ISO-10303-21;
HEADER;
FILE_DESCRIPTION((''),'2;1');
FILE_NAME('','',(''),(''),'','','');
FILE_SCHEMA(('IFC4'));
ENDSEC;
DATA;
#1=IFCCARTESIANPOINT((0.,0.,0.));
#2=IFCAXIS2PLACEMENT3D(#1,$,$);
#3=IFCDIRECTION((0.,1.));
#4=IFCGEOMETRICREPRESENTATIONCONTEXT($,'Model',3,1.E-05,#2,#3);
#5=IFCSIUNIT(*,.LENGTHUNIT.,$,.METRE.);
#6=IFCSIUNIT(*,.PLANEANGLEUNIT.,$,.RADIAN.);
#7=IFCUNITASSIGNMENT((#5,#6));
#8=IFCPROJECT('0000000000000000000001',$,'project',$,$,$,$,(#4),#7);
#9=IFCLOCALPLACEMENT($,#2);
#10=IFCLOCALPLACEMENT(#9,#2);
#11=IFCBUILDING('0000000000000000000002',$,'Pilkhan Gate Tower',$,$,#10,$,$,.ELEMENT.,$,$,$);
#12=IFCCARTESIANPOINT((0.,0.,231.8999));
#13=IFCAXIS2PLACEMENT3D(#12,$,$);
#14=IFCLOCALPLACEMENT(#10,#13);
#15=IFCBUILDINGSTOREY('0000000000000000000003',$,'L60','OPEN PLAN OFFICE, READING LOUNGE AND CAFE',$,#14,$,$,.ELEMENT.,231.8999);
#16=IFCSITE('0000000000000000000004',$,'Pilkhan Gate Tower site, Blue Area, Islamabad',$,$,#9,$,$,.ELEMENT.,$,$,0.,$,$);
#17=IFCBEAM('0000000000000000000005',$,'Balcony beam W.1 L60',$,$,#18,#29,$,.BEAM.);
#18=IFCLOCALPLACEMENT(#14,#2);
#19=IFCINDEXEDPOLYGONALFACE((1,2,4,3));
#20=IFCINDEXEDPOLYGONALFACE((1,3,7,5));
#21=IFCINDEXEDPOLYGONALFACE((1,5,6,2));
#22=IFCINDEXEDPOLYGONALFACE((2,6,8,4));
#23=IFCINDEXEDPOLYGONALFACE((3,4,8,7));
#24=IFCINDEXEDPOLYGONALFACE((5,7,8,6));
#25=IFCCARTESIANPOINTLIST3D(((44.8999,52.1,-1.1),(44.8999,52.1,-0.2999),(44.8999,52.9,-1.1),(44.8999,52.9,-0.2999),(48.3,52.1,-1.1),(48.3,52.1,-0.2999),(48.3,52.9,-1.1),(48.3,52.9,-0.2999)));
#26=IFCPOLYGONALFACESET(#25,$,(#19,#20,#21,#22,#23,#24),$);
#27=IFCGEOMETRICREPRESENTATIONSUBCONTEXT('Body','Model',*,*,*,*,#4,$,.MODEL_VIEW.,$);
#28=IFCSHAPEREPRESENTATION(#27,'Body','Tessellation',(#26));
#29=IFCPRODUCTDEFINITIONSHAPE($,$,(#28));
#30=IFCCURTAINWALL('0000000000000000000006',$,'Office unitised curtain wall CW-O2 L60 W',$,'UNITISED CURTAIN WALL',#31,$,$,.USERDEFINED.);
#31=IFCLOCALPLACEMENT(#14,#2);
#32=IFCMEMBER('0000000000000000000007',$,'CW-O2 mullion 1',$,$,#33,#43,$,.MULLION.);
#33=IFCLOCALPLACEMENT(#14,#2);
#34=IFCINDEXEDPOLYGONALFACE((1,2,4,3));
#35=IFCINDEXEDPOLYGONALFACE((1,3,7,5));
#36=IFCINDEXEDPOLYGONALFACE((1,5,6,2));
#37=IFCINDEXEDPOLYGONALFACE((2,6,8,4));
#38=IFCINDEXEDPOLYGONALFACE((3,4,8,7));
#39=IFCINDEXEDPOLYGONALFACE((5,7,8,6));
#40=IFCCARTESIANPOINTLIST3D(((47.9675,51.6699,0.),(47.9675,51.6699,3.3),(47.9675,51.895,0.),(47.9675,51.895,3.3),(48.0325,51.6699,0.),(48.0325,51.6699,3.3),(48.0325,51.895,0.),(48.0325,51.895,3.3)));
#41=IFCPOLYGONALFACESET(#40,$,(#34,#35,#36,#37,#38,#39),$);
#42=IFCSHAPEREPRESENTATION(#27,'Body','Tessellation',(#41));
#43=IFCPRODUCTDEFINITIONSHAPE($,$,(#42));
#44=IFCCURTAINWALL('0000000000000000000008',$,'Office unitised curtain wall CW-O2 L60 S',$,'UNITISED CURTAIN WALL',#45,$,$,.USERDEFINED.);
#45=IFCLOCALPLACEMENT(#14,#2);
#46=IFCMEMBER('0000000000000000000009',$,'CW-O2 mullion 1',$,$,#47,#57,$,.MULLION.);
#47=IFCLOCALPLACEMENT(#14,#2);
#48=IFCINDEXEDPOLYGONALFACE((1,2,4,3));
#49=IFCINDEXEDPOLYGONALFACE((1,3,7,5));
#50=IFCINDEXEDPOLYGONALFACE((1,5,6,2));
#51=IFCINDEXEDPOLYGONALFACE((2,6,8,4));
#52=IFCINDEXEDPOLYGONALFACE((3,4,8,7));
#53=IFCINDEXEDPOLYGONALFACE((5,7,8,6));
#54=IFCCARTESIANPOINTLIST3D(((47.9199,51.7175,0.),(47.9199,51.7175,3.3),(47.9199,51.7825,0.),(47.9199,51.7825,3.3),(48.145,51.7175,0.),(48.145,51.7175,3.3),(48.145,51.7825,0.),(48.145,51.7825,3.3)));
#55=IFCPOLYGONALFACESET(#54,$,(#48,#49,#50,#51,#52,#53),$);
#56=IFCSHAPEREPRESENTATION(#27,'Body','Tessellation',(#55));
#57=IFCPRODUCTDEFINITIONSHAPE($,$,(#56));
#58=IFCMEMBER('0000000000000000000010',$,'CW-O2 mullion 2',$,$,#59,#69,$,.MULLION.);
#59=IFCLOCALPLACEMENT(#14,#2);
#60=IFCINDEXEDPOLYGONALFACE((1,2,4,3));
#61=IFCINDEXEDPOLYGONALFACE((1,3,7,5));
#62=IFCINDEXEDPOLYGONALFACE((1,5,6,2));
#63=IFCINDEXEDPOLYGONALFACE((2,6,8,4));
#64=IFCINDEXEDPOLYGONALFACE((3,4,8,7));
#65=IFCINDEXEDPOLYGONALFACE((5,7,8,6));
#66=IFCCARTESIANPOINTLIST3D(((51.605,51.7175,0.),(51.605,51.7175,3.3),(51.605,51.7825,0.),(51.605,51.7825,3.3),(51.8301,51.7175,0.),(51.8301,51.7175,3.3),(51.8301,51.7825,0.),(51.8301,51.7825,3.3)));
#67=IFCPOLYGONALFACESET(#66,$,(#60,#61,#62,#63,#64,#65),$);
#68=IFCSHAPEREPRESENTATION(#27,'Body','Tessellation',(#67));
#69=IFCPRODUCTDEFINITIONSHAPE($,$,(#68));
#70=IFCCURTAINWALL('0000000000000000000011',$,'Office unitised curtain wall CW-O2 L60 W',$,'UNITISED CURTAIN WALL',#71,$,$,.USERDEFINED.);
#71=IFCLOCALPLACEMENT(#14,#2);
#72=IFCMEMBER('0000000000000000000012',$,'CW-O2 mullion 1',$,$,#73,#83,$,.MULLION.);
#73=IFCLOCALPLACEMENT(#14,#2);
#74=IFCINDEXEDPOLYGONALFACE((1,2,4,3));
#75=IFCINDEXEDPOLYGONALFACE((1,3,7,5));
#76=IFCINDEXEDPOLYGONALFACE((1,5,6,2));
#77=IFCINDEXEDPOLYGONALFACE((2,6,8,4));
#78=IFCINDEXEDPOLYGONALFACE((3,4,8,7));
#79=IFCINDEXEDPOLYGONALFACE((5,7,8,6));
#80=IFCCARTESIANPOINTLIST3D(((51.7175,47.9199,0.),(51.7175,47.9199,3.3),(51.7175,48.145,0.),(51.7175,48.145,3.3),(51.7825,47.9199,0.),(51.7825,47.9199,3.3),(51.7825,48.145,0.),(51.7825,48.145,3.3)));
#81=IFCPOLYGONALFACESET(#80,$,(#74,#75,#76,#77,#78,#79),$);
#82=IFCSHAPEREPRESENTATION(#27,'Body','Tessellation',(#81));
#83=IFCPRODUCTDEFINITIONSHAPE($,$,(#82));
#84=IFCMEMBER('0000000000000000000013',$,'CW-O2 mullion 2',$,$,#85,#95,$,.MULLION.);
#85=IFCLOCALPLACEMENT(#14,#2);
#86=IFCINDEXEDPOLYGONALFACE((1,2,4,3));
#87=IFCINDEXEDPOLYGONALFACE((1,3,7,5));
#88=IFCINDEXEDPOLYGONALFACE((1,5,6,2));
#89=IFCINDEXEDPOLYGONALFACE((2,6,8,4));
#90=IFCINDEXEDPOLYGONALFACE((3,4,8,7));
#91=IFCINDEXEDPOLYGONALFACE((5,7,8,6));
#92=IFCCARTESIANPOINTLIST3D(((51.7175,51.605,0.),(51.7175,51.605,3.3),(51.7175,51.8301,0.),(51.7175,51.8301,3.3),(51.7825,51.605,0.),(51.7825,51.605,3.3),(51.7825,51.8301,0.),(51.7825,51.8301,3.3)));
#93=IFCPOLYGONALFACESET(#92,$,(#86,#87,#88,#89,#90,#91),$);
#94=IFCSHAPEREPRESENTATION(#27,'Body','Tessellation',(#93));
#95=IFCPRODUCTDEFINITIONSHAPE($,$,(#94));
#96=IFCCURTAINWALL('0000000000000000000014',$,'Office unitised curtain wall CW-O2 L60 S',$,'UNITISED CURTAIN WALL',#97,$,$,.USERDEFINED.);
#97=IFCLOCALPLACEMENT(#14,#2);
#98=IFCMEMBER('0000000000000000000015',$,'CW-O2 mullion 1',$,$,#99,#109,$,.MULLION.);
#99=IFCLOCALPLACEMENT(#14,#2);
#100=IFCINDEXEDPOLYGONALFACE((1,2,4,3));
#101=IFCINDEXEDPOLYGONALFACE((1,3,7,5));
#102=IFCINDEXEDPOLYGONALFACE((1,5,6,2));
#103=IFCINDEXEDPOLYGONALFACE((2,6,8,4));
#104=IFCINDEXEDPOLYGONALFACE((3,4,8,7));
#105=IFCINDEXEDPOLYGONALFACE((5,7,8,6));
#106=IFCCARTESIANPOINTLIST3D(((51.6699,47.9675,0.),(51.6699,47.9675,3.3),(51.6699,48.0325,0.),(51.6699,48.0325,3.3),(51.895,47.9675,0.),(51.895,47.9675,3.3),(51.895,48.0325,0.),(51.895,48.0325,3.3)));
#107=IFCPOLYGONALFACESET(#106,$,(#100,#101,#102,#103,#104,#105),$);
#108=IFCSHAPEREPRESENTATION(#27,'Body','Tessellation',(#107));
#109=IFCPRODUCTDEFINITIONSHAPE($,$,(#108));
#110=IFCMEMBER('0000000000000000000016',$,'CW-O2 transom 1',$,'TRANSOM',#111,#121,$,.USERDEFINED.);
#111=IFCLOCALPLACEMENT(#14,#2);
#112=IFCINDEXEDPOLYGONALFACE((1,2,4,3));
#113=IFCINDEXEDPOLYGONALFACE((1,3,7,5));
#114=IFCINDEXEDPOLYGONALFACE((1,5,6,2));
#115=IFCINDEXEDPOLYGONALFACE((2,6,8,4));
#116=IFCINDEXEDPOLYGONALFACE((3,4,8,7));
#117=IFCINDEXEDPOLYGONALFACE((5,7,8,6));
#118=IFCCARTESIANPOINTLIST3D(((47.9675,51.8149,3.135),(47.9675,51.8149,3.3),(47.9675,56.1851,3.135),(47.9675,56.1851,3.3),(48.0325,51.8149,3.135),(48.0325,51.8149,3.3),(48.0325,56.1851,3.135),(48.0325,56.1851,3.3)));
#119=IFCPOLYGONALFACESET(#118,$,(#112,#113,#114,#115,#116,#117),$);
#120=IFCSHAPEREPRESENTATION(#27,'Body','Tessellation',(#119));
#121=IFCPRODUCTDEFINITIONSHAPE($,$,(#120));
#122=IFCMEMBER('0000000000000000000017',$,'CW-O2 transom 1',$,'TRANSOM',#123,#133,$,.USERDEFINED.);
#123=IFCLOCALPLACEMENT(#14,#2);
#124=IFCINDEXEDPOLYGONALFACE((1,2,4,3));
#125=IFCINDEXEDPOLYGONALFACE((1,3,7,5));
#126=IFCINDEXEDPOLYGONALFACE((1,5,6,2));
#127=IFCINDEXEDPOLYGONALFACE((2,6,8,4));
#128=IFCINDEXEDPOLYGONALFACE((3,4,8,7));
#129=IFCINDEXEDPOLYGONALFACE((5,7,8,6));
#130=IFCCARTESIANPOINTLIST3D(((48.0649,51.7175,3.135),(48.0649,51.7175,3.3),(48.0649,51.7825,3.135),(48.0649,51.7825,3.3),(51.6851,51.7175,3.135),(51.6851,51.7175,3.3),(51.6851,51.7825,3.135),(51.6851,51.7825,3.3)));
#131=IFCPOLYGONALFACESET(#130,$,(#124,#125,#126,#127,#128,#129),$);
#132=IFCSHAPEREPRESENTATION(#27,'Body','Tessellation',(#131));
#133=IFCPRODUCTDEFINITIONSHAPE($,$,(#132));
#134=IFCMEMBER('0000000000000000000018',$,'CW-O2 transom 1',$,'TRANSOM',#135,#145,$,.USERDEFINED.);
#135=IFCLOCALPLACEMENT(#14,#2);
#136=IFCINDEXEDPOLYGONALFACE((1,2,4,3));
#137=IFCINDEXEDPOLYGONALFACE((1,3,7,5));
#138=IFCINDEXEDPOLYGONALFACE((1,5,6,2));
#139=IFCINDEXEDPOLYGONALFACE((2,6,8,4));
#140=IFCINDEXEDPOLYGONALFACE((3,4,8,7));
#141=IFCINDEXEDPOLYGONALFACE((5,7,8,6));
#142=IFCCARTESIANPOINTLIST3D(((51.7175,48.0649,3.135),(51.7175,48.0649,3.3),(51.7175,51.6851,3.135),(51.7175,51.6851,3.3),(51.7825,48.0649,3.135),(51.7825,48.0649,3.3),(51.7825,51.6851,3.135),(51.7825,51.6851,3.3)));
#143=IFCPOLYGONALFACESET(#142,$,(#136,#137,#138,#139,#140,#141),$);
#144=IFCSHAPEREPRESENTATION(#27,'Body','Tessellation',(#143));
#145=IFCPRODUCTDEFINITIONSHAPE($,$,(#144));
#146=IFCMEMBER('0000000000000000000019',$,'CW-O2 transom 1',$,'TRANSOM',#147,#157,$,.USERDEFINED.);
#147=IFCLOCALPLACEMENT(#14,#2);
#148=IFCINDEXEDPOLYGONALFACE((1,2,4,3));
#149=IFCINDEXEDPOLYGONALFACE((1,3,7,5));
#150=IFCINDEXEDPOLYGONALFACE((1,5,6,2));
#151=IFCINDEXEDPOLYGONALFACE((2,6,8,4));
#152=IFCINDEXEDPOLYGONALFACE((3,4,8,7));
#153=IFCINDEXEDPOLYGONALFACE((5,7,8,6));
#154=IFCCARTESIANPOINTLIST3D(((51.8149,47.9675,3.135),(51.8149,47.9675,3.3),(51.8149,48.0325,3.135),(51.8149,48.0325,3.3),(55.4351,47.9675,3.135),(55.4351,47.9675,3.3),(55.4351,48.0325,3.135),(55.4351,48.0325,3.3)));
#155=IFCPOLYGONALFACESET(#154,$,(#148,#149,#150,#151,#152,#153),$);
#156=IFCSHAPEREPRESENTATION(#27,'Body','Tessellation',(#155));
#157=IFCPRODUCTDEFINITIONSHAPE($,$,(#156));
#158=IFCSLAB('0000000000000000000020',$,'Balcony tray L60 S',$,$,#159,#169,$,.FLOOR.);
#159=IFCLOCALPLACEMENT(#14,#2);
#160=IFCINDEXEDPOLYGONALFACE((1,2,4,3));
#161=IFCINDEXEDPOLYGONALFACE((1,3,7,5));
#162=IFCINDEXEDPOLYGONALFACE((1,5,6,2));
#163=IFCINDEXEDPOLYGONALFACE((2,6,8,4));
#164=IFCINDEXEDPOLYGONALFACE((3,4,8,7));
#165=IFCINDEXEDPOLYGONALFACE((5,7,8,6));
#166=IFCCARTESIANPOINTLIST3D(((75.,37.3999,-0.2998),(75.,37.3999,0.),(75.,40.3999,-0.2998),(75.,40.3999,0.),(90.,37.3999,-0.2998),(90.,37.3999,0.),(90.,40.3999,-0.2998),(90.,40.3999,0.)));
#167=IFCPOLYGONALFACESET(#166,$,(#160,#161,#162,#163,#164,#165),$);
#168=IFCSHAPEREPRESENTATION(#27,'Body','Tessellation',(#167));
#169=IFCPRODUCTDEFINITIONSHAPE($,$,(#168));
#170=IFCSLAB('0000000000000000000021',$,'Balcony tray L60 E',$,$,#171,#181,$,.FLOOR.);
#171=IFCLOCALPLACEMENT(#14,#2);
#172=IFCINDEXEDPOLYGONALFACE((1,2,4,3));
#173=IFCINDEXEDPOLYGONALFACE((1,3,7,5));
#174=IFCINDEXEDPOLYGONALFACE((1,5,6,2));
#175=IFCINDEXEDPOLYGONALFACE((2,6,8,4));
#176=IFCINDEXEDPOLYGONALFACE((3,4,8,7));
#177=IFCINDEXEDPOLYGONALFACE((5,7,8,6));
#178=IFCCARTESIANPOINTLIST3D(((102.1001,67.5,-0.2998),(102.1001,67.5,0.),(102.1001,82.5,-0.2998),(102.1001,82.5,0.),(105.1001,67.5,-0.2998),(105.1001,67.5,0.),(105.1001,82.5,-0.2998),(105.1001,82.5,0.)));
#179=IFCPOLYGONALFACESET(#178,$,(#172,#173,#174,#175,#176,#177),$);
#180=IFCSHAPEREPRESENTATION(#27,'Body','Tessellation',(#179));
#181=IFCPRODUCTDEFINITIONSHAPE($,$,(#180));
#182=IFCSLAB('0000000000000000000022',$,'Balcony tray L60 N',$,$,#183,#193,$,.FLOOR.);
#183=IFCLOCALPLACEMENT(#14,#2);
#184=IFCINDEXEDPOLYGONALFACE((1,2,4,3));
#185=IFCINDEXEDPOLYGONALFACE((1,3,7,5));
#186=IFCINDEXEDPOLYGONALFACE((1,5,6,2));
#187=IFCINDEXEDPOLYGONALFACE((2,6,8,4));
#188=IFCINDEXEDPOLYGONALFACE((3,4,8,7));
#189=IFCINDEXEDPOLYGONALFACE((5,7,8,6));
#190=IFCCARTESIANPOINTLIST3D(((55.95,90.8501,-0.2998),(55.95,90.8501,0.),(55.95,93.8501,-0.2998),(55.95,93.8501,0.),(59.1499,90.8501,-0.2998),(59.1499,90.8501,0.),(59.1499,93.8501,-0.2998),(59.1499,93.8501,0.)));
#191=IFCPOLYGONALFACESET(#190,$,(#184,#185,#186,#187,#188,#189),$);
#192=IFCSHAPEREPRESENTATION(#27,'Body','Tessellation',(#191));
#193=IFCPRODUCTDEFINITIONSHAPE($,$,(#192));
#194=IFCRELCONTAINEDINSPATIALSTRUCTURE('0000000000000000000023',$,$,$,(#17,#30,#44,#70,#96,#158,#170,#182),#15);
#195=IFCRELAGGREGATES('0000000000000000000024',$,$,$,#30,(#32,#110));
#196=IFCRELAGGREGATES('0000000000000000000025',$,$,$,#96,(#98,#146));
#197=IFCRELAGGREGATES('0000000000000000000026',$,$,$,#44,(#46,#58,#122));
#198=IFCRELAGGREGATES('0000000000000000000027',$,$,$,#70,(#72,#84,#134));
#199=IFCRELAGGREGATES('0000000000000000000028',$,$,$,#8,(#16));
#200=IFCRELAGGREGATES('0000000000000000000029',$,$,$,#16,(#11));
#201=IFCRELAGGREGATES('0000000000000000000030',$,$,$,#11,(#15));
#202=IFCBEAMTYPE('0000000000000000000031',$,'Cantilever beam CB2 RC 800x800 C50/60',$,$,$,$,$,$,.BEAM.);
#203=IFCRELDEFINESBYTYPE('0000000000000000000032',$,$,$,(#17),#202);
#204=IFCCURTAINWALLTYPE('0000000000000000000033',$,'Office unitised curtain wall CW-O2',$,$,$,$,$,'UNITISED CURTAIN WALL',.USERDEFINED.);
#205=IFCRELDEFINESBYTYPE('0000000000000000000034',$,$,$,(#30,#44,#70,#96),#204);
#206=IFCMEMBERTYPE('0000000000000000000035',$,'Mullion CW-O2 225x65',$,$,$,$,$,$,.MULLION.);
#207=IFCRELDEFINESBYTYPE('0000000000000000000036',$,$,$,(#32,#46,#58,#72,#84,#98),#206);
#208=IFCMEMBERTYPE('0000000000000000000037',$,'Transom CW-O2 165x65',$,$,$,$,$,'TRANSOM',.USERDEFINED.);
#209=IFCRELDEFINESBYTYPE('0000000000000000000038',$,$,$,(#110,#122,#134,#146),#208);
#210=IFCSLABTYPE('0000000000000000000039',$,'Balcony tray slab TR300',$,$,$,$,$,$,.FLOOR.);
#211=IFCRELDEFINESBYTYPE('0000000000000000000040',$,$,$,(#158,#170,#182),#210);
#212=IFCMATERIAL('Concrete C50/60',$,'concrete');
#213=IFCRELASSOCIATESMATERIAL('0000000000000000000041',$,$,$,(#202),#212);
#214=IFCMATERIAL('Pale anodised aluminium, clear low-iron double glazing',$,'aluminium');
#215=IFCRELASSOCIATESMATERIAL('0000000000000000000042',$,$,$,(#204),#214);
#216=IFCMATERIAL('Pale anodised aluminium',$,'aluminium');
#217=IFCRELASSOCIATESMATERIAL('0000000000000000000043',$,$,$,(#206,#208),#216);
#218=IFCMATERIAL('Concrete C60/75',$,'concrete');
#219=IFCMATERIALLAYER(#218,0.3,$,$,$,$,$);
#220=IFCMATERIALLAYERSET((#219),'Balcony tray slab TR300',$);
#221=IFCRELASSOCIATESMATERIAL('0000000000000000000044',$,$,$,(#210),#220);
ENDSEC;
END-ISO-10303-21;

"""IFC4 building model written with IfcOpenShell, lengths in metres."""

from ifc_helpers import new_model, si_unit, direction, frame, origin, origin_2d, place, context, subcontext, project, spatial, polyline, rectangle, outline, extrude, material, layer, layer_set, material_profile, profile_set, type_object, element, aggregate, save


model = new_model("IFC4")

# Units and contexts
model_context = context("Model", 3, precision=1e-05, world=origin(), true_north=direction((0.0, 1.0)))
body_context = subcontext(model_context, "Body", "Model", "MODEL_VIEW")
ifc_project = project(units=[si_unit("LENGTHUNIT", "METRE"), si_unit("PLANEANGLEUNIT", "RADIAN")], contexts=[model_context])

# Site, building, storey
site_placement = place(None, origin())
site = spatial("IfcSite", under=ifc_project, at=site_placement, Name="Pilkhan Gate Tower site, Blue Area, Islamabad", CompositionType="ELEMENT", RefElevation=0.0)
building_placement = place(site_placement, origin())
building = spatial("IfcBuilding", under=site, at=building_placement, Name="Pilkhan Gate Tower", CompositionType="ELEMENT")
storey_placement = place(building_placement, frame((0.0, 0.0, 231.8999)))
storey = spatial("IfcBuildingStorey", under=building, at=storey_placement, Name="L60", Description="OPEN PLAN OFFICE, READING LOUNGE AND CAFE", CompositionType="ELEMENT", Elevation=231.8999)

# Beam
ifc_material_1 = material(Name="Concrete C50/60", Category="concrete")
ifc_material_profile_1 = material_profile(ifc_material_1, rectangle(XDim=0.8, YDim=0.8, at=origin_2d()), Name="RC 800x800")
ifc_profile_set_1 = profile_set([ifc_material_profile_1], Name="Concrete C50/60")
beam_type = type_object("IfcBeamType", Name="Cantilever beam CB2 RC 800x800 C50/60", PredefinedType="BEAM", material=ifc_profile_set_1)
beam_placement = place(storey_placement, frame((48.3, 52.5, -0.7), z_axis=(-1.0, 0.0, 0.0), x_axis=(0.0, -1.0, 0.0)))
element("IfcBeam", 1, at=beam_placement, inside=storey, type_object=beam_type, Name="Balcony beam W.1 L60", PredefinedType="BEAM", context=body_context, shape_type="SweptSolid", body=[
    extrude(rectangle(XDim=0.8, YDim=0.8, at=origin_2d()), origin(), (0.0, 0.0, 1.0), 3.4001),
])

# Curtain wall, member
ifc_material_2 = material(Name="Pale anodised aluminium, clear low-iron double glazing", Category="aluminium")
curtain_wall_type = type_object("IfcCurtainWallType", Name="Office unitised curtain wall CW-O2", ElementType="UNITISED CURTAIN WALL", PredefinedType="USERDEFINED", material=ifc_material_2)
curtain_wall_1_placement = place(storey_placement, origin())
curtain_wall_1 = element("IfcCurtainWall", 2, at=curtain_wall_1_placement, inside=storey, type_object=curtain_wall_type, Name="Office unitised curtain wall CW-O2 L60 W", ObjectType="UNITISED CURTAIN WALL", PredefinedType="USERDEFINED")
ifc_material_3 = material(Name="Pale anodised aluminium", Category="aluminium")
ifc_material_profile_2 = material_profile(ifc_material_3, rectangle(XDim=0.0649, YDim=0.2251, at=origin_2d()), Name="Mullion 225x65")
ifc_profile_set_2 = profile_set([ifc_material_profile_2], Name="Pale anodised aluminium")
member_type_1 = type_object("IfcMemberType", Name="Mullion CW-O2 225x65", PredefinedType="MULLION", material=ifc_profile_set_2)
member_1_placement = place(storey_placement, frame((48.0, 51.7825, 0.0), z_axis=(0.0, 0.0, 1.0), x_axis=(-1.0, 0.0, 0.0)))
member_1 = element("IfcMember", 3, at=member_1_placement, type_object=member_type_1, Name="CW-O2 mullion 1", PredefinedType="MULLION", context=body_context, shape_type="SweptSolid", body=[
    extrude(rectangle(XDim=0.0649, YDim=0.2251, at=origin_2d()), origin(), (0.0, 0.0, 1.0), 3.3),
])

# Curtain walls, members
curtain_wall_2_placement = place(storey_placement, origin())
curtain_wall_2 = element("IfcCurtainWall", 4, at=curtain_wall_2_placement, inside=storey, type_object=curtain_wall_type, Name="Office unitised curtain wall CW-O2 L60 S", ObjectType="UNITISED CURTAIN WALL", PredefinedType="USERDEFINED")
member_2_placement = place(storey_placement, frame((48.0325, 51.75, 0.0), z_axis=(0.0, 0.0, 1.0), x_axis=(0.0, 1.0, 0.0)))
member_2 = element("IfcMember", 5, at=member_2_placement, type_object=member_type_1, Name="CW-O2 mullion 1", PredefinedType="MULLION", context=body_context, shape_type="SweptSolid", body=[
    extrude(rectangle(XDim=0.0649, YDim=0.2251, at=origin_2d()), origin(), (0.0, 0.0, 1.0), 3.3),
])
member_3_placement = place(storey_placement, frame((51.7175, 51.75, 0.0), z_axis=(0.0, 0.0, 1.0), x_axis=(0.0, 1.0, 0.0)))
member_3 = element("IfcMember", 6, at=member_3_placement, type_object=member_type_1, Name="CW-O2 mullion 2", PredefinedType="MULLION", context=body_context, shape_type="SweptSolid", body=[
    extrude(rectangle(XDim=0.0649, YDim=0.2251, at=origin_2d()), origin(), (0.0, 0.0, 1.0), 3.3),
])
curtain_wall_3_placement = place(storey_placement, origin())
curtain_wall_3 = element("IfcCurtainWall", 7, at=curtain_wall_3_placement, inside=storey, type_object=curtain_wall_type, Name="Office unitised curtain wall CW-O2 L60 W", ObjectType="UNITISED CURTAIN WALL", PredefinedType="USERDEFINED")
member_4_placement = place(storey_placement, frame((51.75, 48.0325, 0.0), z_axis=(0.0, 0.0, 1.0), x_axis=(-1.0, 0.0, 0.0)))
member_4 = element("IfcMember", 8, at=member_4_placement, type_object=member_type_1, Name="CW-O2 mullion 1", PredefinedType="MULLION", context=body_context, shape_type="SweptSolid", body=[
    extrude(rectangle(XDim=0.0649, YDim=0.2251, at=origin_2d()), origin(), (0.0, 0.0, 1.0), 3.3),
])
member_5_placement = place(storey_placement, frame((51.75, 51.7175, 0.0), z_axis=(0.0, 0.0, 1.0), x_axis=(-1.0, 0.0, 0.0)))
member_5 = element("IfcMember", 9, at=member_5_placement, type_object=member_type_1, Name="CW-O2 mullion 2", PredefinedType="MULLION", context=body_context, shape_type="SweptSolid", body=[
    extrude(rectangle(XDim=0.0649, YDim=0.2251, at=origin_2d()), origin(), (0.0, 0.0, 1.0), 3.3),
])

# Curtain wall, member
curtain_wall_4_placement = place(storey_placement, origin())
curtain_wall_4 = element("IfcCurtainWall", 10, at=curtain_wall_4_placement, inside=storey, type_object=curtain_wall_type, Name="Office unitised curtain wall CW-O2 L60 S", ObjectType="UNITISED CURTAIN WALL", PredefinedType="USERDEFINED")
member_6_placement = place(storey_placement, frame((51.7825, 48.0, 0.0), z_axis=(0.0, 0.0, 1.0), x_axis=(0.0, 1.0, 0.0)))
member_6 = element("IfcMember", 11, at=member_6_placement, type_object=member_type_1, Name="CW-O2 mullion 1", PredefinedType="MULLION", context=body_context, shape_type="SweptSolid", body=[
    extrude(rectangle(XDim=0.0649, YDim=0.2251, at=origin_2d()), origin(), (0.0, 0.0, 1.0), 3.3),
])

# Members
ifc_material_profile_3 = material_profile(ifc_material_3, rectangle(XDim=0.0649, YDim=0.165, at=origin_2d()), Name="Transom 165x65")
ifc_profile_set_3 = profile_set([ifc_material_profile_3], Name="Pale anodised aluminium")
member_type_2 = type_object("IfcMemberType", Name="Transom CW-O2 165x65", ElementType="TRANSOM", PredefinedType="USERDEFINED", material=ifc_profile_set_3)
member_7_placement = place(storey_placement, frame((48.0, 51.8149, 3.2175), z_axis=(0.0, 1.0, 0.0), x_axis=(-1.0, 0.0, 0.0)))
member_7 = element("IfcMember", 12, at=member_7_placement, type_object=member_type_2, Name="CW-O2 transom 1", ObjectType="TRANSOM", PredefinedType="USERDEFINED", context=body_context, shape_type="SweptSolid", body=[
    extrude(rectangle(XDim=0.0649, YDim=0.165, at=origin_2d()), origin(), (0.0, 0.0, 1.0), 4.3701),
])
aggregate(curtain_wall_1, [member_1, member_7])
member_8_placement = place(storey_placement, frame((48.0649, 51.75, 3.2175), z_axis=(1.0, 0.0, 0.0), x_axis=(0.0, 1.0, 0.0)))
member_8 = element("IfcMember", 13, at=member_8_placement, type_object=member_type_2, Name="CW-O2 transom 1", ObjectType="TRANSOM", PredefinedType="USERDEFINED", context=body_context, shape_type="SweptSolid", body=[
    extrude(rectangle(XDim=0.0649, YDim=0.165, at=origin_2d()), origin(), (0.0, 0.0, 1.0), 3.6201),
])
member_9_placement = place(storey_placement, frame((51.75, 48.0649, 3.2175), z_axis=(0.0, 1.0, 0.0), x_axis=(-1.0, 0.0, 0.0)))
member_9 = element("IfcMember", 14, at=member_9_placement, type_object=member_type_2, Name="CW-O2 transom 1", ObjectType="TRANSOM", PredefinedType="USERDEFINED", context=body_context, shape_type="SweptSolid", body=[
    extrude(rectangle(XDim=0.0649, YDim=0.165, at=origin_2d()), origin(), (0.0, 0.0, 1.0), 3.6201),
])
member_10_placement = place(storey_placement, frame((51.8149, 48.0, 3.2175), z_axis=(1.0, 0.0, 0.0), x_axis=(0.0, 1.0, 0.0)))
member_10 = element("IfcMember", 15, at=member_10_placement, type_object=member_type_2, Name="CW-O2 transom 1", ObjectType="TRANSOM", PredefinedType="USERDEFINED", context=body_context, shape_type="SweptSolid", body=[
    extrude(rectangle(XDim=0.0649, YDim=0.165, at=origin_2d()), origin(), (0.0, 0.0, 1.0), 3.6201),
])
aggregate(curtain_wall_4, [member_6, member_10])

# Slabs
ifc_material_4 = material(Name="Concrete C60/75", Category="concrete")
ifc_layer_1 = layer(ifc_material_4, 0.3)
ifc_layer_set_1 = layer_set([ifc_layer_1], Name="Balcony tray slab TR300")
slab_type_1 = type_object("IfcSlabType", Name="Balcony tray slab TR300", PredefinedType="FLOOR", material=ifc_layer_set_1)
slab_1_placement = place(storey_placement, frame((0.0, 0.0, -0.2998)))
element("IfcSlab", 16, at=slab_1_placement, inside=storey, type_object=slab_type_1, Name="Balcony tray L60 S", PredefinedType="FLOOR", context=body_context, shape_type="SweptSolid", body=[
    extrude(outline(polyline([(90.0, 37.3999), (90.0, 40.3999), (75.0, 40.3999), (75.0, 37.3999), (90.0, 37.3999)])), origin(), (0.0, 0.0, 1.0), 0.2998),
])
slab_2_placement = place(storey_placement, frame((0.0, 0.0, -0.2998)))
element("IfcSlab", 17, at=slab_2_placement, inside=storey, type_object=slab_type_1, Name="Balcony tray L60 E", PredefinedType="FLOOR", context=body_context, shape_type="SweptSolid", body=[
    extrude(outline(polyline([(105.1001, 67.5), (105.1001, 82.5), (102.1001, 82.5), (102.1001, 67.5), (105.1001, 67.5)])), origin(), (0.0, 0.0, 1.0), 0.2998),
])
slab_3_placement = place(storey_placement, frame((0.0, 0.0, -0.2998)))
element("IfcSlab", 18, at=slab_3_placement, inside=storey, type_object=slab_type_1, Name="Balcony tray L60 N", PredefinedType="FLOOR", context=body_context, shape_type="SweptSolid", body=[
    extrude(outline(polyline([(59.1499, 90.8501), (59.1499, 93.8501), (55.95, 93.8501), (55.95, 90.8501), (59.1499, 90.8501)])), origin(), (0.0, 0.0, 1.0), 0.2998),
])

aggregate(curtain_wall_2, [member_2, member_3, member_8])
aggregate(curtain_wall_3, [member_4, member_5, member_9])

save(model, "model.ifc")
